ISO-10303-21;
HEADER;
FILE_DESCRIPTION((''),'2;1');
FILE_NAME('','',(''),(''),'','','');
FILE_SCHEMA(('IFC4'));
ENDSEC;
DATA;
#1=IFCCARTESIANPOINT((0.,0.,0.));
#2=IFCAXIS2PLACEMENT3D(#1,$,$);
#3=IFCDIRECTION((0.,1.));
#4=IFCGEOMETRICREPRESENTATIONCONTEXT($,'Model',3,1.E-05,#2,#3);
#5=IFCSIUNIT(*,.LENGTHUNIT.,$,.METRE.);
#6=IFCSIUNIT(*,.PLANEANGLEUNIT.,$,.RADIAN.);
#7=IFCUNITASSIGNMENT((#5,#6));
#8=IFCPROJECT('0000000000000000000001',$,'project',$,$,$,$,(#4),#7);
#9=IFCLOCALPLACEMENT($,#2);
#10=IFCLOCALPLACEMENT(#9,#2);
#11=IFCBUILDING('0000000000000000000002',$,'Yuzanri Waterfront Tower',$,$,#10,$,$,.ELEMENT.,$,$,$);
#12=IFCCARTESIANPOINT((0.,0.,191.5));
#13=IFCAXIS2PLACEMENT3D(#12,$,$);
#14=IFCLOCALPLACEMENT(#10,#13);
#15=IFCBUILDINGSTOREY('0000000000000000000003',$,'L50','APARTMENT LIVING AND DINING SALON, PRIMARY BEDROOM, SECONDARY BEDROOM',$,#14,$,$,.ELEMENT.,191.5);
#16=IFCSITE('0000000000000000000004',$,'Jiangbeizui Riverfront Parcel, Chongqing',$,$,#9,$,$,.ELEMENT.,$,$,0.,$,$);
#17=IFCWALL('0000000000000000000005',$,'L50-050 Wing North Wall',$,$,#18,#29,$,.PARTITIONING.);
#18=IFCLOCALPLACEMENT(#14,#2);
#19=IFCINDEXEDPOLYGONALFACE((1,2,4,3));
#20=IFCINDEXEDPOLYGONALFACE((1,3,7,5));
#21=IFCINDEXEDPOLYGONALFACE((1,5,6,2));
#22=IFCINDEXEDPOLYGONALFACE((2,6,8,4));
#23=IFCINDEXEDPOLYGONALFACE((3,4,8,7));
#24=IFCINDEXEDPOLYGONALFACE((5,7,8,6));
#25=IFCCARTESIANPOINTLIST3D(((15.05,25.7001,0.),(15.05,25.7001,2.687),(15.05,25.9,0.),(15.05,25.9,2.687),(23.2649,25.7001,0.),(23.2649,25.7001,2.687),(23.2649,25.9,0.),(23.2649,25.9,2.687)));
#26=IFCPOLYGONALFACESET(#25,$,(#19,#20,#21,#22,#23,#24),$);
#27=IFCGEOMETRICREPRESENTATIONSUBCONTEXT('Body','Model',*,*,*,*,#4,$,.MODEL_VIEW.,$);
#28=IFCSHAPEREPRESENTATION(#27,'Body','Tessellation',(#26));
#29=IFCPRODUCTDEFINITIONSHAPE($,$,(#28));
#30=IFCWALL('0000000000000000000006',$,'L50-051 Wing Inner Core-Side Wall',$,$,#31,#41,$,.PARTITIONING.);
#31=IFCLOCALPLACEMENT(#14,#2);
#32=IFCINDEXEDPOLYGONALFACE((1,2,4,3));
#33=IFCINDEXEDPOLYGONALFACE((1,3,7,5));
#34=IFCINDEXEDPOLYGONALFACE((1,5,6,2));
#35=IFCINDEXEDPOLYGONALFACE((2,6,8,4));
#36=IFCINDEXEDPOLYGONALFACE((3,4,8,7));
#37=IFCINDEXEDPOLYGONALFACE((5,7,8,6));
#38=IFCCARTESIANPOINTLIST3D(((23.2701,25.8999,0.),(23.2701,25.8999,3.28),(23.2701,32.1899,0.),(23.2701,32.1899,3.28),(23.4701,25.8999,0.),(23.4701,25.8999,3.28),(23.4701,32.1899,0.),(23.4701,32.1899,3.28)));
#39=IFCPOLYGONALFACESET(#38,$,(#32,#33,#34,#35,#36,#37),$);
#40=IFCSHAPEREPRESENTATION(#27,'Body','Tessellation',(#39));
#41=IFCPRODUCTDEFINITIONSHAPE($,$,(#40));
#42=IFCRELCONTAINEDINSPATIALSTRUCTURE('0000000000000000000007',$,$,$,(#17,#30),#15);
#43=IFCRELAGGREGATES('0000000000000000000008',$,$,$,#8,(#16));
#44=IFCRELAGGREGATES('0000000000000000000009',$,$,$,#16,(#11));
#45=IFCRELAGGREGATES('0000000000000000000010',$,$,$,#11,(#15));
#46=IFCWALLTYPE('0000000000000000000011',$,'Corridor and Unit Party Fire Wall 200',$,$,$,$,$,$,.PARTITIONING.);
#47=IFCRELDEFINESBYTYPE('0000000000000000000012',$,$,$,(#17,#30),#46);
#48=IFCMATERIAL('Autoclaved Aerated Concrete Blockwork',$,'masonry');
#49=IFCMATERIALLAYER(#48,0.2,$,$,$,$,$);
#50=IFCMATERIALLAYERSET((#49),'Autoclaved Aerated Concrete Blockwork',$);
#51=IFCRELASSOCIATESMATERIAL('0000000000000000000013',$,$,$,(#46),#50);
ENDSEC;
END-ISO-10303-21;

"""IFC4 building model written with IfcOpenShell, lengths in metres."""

from ifc_helpers import new_model, si_unit, direction, frame, frame_2d, origin, place, context, subcontext, project, spatial, rectangle, extrude, source, transform, mapped, material, layer, layer_set, type_object, element, save


model = new_model("IFC4")

# Units and contexts
model_context = context("Model", 3, precision=1e-05, world=origin(), true_north=direction((0.0, 1.0)))
body_context = subcontext(model_context, "Body", "Model", "MODEL_VIEW")
ifc_project = project(units=[si_unit("LENGTHUNIT", "METRE"), si_unit("PLANEANGLEUNIT", "RADIAN")], contexts=[model_context])

# Site, building, storey
site_placement = place(None, origin())
site = spatial("IfcSite", under=ifc_project, at=site_placement, Name="Jiangbeizui Riverfront Parcel, Chongqing", CompositionType="ELEMENT", RefElevation=0.0)
building_placement = place(site_placement, origin())
building = spatial("IfcBuilding", under=site, at=building_placement, Name="Yuzanri Waterfront Tower", CompositionType="ELEMENT")
storey_placement = place(building_placement, frame((0.0, 0.0, 191.5)))
storey = spatial("IfcBuildingStorey", under=building, at=storey_placement, Name="L50", Description="APARTMENT LIVING AND DINING SALON, PRIMARY BEDROOM, SECONDARY BEDROOM", CompositionType="ELEMENT", Elevation=191.5)

# Shared definitions
ifc_material_1 = material(Name="Autoclaved Aerated Concrete Blockwork", Category="masonry")
ifc_layer_1 = layer(ifc_material_1, 0.2)
ifc_layer_set_1 = layer_set([ifc_layer_1], Name="Autoclaved Aerated Concrete Blockwork")
wall_type_1 = type_object("IfcWallType", Name="Corridor and Unit Party Fire Wall 200", PredefinedType="PARTITIONING", material=ifc_layer_set_1)

# Walls
shared_shape_1 = source(origin(), body_context, "Body", "SweptSolid", [
    extrude(rectangle(XDim=8.2148, YDim=0.2, at=frame_2d((4.1074, 0.0))), origin(), (0.0, 0.0, 1.0), 2.687),
])
wall_1_placement = place(storey_placement, frame((15.05, 25.8, 0.0), z_axis=(0.0, 0.0, 1.0), x_axis=(1.0, 0.0, 0.0)))
element("IfcWall", 1, at=wall_1_placement, inside=storey, type_object=wall_type_1, Name="L50-050 Wing North Wall", PredefinedType="PARTITIONING", context=body_context, shape_type="MappedRepresentation", body=[
    mapped(shared_shape_1, transform((0.0, 0.0, 0.0), scale=1.0)),
])
shared_shape_2 = source(origin(), body_context, "Body", "SweptSolid", [
    extrude(rectangle(XDim=6.29, YDim=0.2, at=frame_2d((3.145, 0.0))), origin(), (0.0, 0.0, 1.0), 3.28),
])
wall_2_placement = place(storey_placement, frame((23.3701, 25.8999, 0.0), z_axis=(0.0, 0.0, 1.0), x_axis=(0.0, 1.0, 0.0)))
element("IfcWall", 2, at=wall_2_placement, inside=storey, type_object=wall_type_1, Name="L50-051 Wing Inner Core-Side Wall", PredefinedType="PARTITIONING", context=body_context, shape_type="MappedRepresentation", body=[
    mapped(shared_shape_2, transform((0.0, 0.0, 0.0), scale=1.0)),
])

save(model, "model.ifc")
